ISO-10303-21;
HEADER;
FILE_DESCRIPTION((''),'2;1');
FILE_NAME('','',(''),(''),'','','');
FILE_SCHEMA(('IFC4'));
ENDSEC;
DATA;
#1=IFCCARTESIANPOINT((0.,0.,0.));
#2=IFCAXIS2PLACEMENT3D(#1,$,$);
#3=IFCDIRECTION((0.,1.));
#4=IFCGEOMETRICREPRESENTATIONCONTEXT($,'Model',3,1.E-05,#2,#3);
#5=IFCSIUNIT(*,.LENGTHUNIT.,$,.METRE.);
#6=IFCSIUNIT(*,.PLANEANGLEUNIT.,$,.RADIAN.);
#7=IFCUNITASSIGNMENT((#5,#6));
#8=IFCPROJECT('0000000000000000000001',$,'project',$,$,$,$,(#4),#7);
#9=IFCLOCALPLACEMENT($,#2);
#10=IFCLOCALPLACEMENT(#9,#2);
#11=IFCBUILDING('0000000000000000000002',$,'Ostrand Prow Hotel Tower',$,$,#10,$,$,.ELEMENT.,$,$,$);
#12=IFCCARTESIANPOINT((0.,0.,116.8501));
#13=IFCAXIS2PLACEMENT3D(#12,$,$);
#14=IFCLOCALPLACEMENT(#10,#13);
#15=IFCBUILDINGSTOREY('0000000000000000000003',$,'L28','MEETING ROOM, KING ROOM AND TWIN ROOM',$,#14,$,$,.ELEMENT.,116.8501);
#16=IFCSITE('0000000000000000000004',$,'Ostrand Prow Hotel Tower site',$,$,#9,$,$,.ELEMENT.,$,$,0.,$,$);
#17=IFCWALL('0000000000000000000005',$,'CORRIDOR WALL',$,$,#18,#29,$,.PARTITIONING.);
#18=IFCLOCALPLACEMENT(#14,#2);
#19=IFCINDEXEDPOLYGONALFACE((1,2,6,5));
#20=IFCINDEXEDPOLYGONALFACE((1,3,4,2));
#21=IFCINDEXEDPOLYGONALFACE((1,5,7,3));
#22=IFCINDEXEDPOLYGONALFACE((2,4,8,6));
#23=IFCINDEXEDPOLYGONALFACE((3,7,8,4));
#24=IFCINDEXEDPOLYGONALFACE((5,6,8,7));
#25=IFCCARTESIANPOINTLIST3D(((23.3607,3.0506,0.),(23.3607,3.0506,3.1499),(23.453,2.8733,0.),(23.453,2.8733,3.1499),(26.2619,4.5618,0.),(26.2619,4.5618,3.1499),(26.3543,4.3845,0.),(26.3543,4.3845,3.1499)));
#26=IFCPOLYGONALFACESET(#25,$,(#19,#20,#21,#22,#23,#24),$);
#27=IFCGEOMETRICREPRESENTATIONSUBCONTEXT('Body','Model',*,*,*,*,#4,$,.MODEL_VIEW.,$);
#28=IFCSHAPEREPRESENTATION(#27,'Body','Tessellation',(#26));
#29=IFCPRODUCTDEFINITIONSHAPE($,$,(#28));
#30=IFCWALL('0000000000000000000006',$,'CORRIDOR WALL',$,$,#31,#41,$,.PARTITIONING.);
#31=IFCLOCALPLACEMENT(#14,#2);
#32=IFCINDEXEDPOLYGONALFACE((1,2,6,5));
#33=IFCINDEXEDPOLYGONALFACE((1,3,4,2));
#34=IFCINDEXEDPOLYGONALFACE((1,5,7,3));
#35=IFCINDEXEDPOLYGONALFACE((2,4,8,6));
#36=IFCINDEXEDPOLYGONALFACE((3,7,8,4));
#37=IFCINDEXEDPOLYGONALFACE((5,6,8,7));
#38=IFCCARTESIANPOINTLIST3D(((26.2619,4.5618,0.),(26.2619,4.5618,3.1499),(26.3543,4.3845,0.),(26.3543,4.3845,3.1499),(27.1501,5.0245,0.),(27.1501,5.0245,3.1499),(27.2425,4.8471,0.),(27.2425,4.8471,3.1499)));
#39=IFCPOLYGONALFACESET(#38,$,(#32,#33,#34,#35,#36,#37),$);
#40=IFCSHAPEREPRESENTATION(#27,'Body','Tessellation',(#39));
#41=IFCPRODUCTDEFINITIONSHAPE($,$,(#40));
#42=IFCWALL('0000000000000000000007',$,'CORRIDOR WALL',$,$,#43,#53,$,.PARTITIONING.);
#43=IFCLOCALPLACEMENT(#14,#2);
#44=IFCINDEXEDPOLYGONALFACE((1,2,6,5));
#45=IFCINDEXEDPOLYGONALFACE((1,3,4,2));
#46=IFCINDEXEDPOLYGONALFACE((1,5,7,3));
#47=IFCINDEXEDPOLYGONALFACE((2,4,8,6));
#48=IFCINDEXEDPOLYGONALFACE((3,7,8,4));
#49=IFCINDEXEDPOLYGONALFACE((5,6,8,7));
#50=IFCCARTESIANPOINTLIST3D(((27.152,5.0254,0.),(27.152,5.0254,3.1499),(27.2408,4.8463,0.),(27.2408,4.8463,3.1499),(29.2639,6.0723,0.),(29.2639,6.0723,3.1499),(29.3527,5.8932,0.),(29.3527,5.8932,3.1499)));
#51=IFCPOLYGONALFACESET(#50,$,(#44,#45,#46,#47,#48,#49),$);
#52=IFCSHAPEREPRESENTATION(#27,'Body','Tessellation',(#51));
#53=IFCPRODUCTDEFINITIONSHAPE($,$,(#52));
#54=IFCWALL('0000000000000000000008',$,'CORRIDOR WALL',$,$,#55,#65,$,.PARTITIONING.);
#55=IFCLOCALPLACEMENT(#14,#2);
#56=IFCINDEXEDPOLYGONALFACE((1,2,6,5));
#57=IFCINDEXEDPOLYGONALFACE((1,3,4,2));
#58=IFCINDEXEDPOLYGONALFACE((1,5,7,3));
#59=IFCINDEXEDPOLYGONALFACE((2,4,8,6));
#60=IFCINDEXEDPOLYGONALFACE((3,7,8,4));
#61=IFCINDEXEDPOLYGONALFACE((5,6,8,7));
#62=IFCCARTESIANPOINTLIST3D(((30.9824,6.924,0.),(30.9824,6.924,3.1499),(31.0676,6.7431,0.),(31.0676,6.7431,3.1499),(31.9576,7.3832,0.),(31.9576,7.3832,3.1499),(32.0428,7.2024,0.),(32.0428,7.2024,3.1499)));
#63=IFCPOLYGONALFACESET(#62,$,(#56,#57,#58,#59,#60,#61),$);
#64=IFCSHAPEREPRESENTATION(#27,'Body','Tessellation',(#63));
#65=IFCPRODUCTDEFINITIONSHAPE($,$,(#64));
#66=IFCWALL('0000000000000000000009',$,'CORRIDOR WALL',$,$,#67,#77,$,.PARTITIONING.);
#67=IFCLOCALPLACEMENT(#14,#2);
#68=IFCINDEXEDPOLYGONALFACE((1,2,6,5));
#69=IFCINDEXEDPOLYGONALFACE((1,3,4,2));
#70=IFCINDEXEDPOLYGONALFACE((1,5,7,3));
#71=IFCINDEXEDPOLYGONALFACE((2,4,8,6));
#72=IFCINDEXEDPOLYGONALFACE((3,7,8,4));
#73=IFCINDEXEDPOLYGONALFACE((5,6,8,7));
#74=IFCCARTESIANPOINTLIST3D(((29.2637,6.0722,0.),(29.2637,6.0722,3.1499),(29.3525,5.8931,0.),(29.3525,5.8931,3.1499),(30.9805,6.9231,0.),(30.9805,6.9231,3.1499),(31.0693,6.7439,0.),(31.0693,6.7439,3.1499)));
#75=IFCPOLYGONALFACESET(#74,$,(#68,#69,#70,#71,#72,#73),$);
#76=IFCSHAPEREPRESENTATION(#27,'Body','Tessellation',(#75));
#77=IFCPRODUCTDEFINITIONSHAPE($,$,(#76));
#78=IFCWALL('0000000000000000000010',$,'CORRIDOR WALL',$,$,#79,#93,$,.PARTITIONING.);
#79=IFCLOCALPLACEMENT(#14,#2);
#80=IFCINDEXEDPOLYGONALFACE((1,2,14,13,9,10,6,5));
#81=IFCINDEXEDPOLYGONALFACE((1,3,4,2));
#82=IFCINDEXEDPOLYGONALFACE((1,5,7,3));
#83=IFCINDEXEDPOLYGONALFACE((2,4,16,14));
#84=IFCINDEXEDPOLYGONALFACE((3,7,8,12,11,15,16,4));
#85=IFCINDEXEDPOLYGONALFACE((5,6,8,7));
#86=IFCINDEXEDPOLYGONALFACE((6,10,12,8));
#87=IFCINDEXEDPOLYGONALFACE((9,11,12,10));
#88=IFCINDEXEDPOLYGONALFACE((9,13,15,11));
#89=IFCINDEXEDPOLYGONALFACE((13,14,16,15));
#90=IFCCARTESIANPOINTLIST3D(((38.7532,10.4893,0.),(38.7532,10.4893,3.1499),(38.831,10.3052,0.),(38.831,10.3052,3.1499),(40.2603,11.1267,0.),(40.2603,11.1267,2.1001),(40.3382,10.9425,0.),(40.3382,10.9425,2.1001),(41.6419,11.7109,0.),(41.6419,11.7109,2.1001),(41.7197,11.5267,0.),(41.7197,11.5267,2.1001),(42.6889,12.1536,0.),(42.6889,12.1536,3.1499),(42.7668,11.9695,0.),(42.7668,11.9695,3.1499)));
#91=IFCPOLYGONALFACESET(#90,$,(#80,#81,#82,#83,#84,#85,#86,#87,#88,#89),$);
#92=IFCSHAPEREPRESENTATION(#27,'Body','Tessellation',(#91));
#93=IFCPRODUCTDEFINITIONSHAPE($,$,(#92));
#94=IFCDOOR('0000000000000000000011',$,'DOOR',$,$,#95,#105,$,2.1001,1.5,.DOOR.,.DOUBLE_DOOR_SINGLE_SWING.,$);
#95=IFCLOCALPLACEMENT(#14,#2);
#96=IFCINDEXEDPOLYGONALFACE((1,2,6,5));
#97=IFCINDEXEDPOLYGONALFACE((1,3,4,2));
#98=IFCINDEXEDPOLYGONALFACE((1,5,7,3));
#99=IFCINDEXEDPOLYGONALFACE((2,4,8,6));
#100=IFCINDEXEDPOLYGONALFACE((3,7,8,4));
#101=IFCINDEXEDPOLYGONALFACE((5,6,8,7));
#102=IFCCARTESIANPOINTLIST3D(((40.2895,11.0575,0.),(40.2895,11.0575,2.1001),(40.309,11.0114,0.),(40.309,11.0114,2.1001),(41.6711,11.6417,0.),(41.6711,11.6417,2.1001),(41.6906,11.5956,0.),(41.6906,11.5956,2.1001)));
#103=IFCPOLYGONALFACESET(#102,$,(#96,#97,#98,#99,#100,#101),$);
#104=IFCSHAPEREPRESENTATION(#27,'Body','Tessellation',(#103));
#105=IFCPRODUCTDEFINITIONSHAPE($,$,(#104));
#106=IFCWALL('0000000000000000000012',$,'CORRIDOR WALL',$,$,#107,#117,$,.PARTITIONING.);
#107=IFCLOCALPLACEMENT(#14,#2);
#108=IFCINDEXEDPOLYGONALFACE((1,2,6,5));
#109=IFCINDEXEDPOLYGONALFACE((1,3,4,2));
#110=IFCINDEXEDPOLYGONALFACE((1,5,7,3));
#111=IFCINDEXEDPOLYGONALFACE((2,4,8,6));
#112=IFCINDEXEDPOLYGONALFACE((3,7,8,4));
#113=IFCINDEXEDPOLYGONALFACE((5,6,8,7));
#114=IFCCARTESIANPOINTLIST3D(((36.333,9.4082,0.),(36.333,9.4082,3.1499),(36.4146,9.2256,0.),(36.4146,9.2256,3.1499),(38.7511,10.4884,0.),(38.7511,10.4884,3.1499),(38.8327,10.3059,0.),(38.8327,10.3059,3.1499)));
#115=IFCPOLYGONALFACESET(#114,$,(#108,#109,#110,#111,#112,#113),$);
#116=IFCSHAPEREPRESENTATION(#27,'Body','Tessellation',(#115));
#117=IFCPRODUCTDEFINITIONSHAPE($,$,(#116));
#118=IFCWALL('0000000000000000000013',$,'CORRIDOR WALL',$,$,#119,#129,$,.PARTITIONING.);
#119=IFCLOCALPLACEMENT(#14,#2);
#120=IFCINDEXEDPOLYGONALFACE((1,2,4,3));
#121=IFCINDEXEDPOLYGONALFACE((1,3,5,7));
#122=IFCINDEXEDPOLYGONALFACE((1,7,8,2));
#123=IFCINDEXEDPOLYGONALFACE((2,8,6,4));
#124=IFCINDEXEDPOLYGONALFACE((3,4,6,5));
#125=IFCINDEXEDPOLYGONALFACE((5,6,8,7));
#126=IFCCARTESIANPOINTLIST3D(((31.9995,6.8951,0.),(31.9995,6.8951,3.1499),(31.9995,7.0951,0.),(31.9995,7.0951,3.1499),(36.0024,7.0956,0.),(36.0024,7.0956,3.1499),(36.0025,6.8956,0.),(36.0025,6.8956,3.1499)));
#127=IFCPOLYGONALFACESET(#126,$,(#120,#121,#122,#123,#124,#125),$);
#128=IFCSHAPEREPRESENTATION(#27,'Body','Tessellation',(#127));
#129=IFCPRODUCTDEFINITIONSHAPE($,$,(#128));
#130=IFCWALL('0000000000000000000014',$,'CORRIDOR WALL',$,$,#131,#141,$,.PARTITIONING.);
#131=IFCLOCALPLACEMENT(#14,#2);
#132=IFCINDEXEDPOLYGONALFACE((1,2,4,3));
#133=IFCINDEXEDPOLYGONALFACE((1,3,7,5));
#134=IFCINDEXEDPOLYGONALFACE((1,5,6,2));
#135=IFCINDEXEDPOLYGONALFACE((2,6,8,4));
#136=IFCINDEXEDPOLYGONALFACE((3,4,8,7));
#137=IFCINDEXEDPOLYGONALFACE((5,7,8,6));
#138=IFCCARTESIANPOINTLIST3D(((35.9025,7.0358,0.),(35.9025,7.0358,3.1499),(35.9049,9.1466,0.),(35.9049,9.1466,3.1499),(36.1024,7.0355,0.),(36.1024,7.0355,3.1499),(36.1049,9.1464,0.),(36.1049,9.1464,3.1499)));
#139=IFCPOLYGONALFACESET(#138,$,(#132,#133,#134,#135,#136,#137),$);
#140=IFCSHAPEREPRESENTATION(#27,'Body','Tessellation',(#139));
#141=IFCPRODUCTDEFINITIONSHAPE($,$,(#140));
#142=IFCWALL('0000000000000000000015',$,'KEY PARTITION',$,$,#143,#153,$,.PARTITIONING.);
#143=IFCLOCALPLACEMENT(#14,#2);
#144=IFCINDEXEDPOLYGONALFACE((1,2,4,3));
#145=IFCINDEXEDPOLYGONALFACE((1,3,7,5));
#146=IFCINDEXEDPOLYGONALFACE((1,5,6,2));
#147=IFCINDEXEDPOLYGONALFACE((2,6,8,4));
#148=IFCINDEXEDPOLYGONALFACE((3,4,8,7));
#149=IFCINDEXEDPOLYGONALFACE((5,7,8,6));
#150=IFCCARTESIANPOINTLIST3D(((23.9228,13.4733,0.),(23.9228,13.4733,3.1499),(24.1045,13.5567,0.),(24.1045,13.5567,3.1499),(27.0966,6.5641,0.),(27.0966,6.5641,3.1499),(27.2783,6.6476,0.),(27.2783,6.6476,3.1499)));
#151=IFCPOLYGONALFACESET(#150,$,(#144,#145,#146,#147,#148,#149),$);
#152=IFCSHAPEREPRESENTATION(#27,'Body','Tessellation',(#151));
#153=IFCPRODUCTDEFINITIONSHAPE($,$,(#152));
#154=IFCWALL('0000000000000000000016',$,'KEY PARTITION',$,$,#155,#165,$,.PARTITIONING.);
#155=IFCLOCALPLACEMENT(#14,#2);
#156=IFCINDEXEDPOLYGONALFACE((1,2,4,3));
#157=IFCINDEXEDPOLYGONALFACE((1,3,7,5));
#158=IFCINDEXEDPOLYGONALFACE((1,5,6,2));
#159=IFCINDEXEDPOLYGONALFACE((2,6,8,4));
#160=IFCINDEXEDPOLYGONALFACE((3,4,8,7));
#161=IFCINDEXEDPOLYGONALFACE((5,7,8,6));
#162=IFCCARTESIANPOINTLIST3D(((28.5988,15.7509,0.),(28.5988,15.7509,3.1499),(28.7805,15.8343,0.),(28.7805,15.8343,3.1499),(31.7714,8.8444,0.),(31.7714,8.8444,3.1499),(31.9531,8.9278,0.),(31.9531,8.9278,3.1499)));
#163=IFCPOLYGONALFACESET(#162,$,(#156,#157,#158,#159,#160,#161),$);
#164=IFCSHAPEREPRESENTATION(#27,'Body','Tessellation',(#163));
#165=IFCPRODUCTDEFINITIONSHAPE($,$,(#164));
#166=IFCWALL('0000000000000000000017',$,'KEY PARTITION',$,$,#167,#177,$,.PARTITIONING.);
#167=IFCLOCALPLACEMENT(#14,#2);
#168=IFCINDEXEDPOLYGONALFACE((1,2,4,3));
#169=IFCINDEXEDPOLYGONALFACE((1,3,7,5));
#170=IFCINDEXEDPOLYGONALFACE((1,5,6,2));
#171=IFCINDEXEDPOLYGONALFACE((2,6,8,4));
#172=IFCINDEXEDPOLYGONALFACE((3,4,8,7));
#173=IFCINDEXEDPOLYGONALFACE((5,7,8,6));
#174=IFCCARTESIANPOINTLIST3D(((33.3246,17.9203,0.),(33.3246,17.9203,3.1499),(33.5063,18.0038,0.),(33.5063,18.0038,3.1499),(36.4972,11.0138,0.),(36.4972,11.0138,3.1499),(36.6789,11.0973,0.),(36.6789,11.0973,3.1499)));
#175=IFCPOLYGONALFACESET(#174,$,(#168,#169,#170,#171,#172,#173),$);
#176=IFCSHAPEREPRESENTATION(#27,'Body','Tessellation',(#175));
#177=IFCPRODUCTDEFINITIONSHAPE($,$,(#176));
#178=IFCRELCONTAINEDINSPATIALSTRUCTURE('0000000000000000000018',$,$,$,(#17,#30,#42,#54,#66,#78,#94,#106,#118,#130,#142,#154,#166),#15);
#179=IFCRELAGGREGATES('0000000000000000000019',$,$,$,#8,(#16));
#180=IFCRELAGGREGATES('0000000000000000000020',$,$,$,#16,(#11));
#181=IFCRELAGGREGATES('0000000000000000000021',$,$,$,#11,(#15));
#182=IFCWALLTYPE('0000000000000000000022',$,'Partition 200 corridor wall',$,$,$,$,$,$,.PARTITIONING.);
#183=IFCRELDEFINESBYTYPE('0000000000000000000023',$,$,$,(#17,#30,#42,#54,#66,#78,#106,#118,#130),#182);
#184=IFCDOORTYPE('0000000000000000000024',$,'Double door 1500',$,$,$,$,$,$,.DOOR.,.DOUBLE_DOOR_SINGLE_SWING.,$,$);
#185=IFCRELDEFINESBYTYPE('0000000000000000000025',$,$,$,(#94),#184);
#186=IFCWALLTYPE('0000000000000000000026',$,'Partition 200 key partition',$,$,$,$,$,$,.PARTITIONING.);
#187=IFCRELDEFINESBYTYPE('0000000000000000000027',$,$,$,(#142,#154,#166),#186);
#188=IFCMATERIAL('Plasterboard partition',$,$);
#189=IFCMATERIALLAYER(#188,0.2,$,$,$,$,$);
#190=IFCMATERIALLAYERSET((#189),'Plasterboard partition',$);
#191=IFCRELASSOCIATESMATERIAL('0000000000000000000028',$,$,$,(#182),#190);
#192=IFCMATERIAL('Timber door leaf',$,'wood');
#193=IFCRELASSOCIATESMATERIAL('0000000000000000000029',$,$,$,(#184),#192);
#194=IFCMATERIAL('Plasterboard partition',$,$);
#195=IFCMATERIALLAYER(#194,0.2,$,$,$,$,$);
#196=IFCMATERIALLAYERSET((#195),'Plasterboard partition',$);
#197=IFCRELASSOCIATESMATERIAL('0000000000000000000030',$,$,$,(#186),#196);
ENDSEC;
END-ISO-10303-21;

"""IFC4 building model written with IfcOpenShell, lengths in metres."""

from ifc_helpers import new_model, si_unit, direction, frame, frame_2d, origin, place, context, subcontext, project, spatial, rectangle, extrude, material, layer, layer_set, type_object, element, fill, save


model = new_model("IFC4")

# Units and contexts
model_context = context("Model", 3, precision=1e-05, world=origin(), true_north=direction((0.0, 1.0)))
body_context = subcontext(model_context, "Body", "Model", "MODEL_VIEW")
ifc_project = project(units=[si_unit("LENGTHUNIT", "METRE"), si_unit("PLANEANGLEUNIT", "RADIAN")], contexts=[model_context])

# Site, building, storey
site_placement = place(None, origin())
site = spatial("IfcSite", under=ifc_project, at=site_placement, Name="Ostrand Prow Hotel Tower site", CompositionType="ELEMENT", RefElevation=0.0)
building_placement = place(site_placement, origin())
building = spatial("IfcBuilding", under=site, at=building_placement, Name="Ostrand Prow Hotel Tower", CompositionType="ELEMENT")
storey_placement = place(building_placement, frame((0.0, 0.0, 116.8501)))
storey = spatial("IfcBuildingStorey", under=building, at=storey_placement, Name="L28", Description="MEETING ROOM, KING ROOM AND TWIN ROOM", CompositionType="ELEMENT", Elevation=116.8501)

# Shared definitions
ifc_material_1 = material(Name="Plasterboard partition")
ifc_layer_1 = layer(ifc_material_1, 0.2)
ifc_layer_set_1 = layer_set([ifc_layer_1], Name="Plasterboard partition")
wall_type_1 = type_object("IfcWallType", Name="Partition 200 corridor wall", PredefinedType="PARTITIONING", material=ifc_layer_set_1)

# Walls
wall_1_placement = place(storey_placement, frame((23.4067, 2.9619, 0.0), z_axis=(0.0, 0.0, 1.0), x_axis=(0.886901, 0.461959, 0.0)))
element("IfcWall", 1, at=wall_1_placement, inside=storey, type_object=wall_type_1, Name="CORRIDOR WALL", PredefinedType="PARTITIONING", context=body_context, shape_type="SweptSolid", body=[
    extrude(rectangle(XDim=3.2712, YDim=0.2, at=frame_2d((1.6357, 0.0))), origin(), (0.0, 0.0, 1.0), 3.1499),
])
wall_2_placement = place(storey_placement, frame((26.3081, 4.4731, 0.0), z_axis=(0.0, 0.0, 1.0), x_axis=(0.886893, 0.461974, 0.0)))
element("IfcWall", 2, at=wall_2_placement, inside=storey, type_object=wall_type_1, Name="CORRIDOR WALL", PredefinedType="PARTITIONING", context=body_context, shape_type="SweptSolid", body=[
    extrude(rectangle(XDim=1.0015, YDim=0.2, at=frame_2d((0.5007, 0.0))), origin(), (0.0, 0.0, 1.0), 3.1499),
])
wall_3_placement = place(storey_placement, frame((27.1963, 4.9358, 0.0), z_axis=(0.0, 0.0, 1.0), x_axis=(0.895955, 0.444145, 0.0)))
element("IfcWall", 3, at=wall_3_placement, inside=storey, type_object=wall_type_1, Name="CORRIDOR WALL", PredefinedType="PARTITIONING", context=body_context, shape_type="SweptSolid", body=[
    extrude(rectangle(XDim=2.3572, YDim=0.2, at=frame_2d((1.1787, 0.0))), origin(), (0.0, 0.0, 1.0), 3.1499),
])
wall_4_placement = place(storey_placement, frame((31.0249, 6.8335, 0.0), z_axis=(0.0, 0.0, 1.0), x_axis=(0.90469, 0.42607, 0.0)))
element("IfcWall", 4, at=wall_4_placement, inside=storey, type_object=wall_type_1, Name="CORRIDOR WALL", PredefinedType="PARTITIONING", context=body_context, shape_type="SweptSolid", body=[
    extrude(rectangle(XDim=1.0779, YDim=0.2, at=frame_2d((0.5391, 0.0))), origin(), (0.0, 0.0, 1.0), 3.1499),
])
wall_5_placement = place(storey_placement, frame((29.3081, 5.9827, 0.0), z_axis=(0.0, 0.0, 1.0), x_axis=(0.896002, 0.444051, 0.0)))
element("IfcWall", 5, at=wall_5_placement, inside=storey, type_object=wall_type_1, Name="CORRIDOR WALL", PredefinedType="PARTITIONING", context=body_context, shape_type="SweptSolid", body=[
    extrude(rectangle(XDim=1.916, YDim=0.2, at=frame_2d((0.958, 0.0))), origin(), (0.0, 0.0, 1.0), 3.1499),
])

# Wall, opening, door
wall_6_placement = place(storey_placement, frame((38.792, 10.3972, 0.0), z_axis=(0.0, 0.0, 1.0), x_axis=(0.921037, 0.389474, 0.0)))
wall_6 = element("IfcWall", 6, at=wall_6_placement, inside=storey, type_object=wall_type_1, Name="CORRIDOR WALL", PredefinedType="PARTITIONING", context=body_context, shape_type="SweptSolid", body=[
    extrude(rectangle(XDim=4.2732, YDim=0.2, at=frame_2d((2.1367, 0.0))), origin(), (0.0, 0.0, 1.0), 3.1499),
])
opening_1_placement = place(wall_6_placement, frame((1.6365, 0.0, 0.0)))
opening_1 = element("IfcOpeningElement", 7, at=opening_1_placement, cuts=wall_6, PredefinedType="OPENING", context=body_context, shape_type="SweptSolid", body=[
    extrude(rectangle(XDim=1.5, YDim=2.1001, at=frame_2d((0.75, 1.05))), frame((0.0, 0.1099, 0.0), z_axis=(0.0, -1.0, 0.0), x_axis=(1.0, 0.0, 0.0)), (0.0, 0.0, 1.0), 0.22),
])
ifc_material_2 = material(Name="Timber door leaf", Category="wood")
door_type_1 = type_object("IfcDoorType", Name="Double door 1500", OperationType="DOUBLE_DOOR_SINGLE_SWING", PredefinedType="DOOR", material=ifc_material_2)
door_1_placement = place(opening_1_placement, origin())
door_1 = element("IfcDoor", 8, at=door_1_placement, inside=storey, type_object=door_type_1, Name="DOOR", OperationType="DOUBLE_DOOR_SINGLE_SWING", OverallHeight=2.1001, OverallWidth=1.5, PredefinedType="DOOR", context=body_context, shape_type="SweptSolid", body=[
    extrude(rectangle(XDim=1.5, YDim=2.1001, at=frame_2d((0.75, 1.05))), frame((0.0, 0.0249, 0.0), z_axis=(0.0, -1.0, 0.0), x_axis=(1.0, 0.0, 0.0)), (0.0, 0.0, 1.0), 0.05),
])
fill(opening_1, door_1)

# Walls
wall_7_placement = place(storey_placement, frame((36.3738, 9.3169, 0.0), z_axis=(0.0, 0.0, 1.0), x_axis=(0.913031, 0.407891, 0.0)))
element("IfcWall", 9, at=wall_7_placement, inside=storey, type_object=wall_type_1, Name="CORRIDOR WALL", PredefinedType="PARTITIONING", context=body_context, shape_type="SweptSolid", body=[
    extrude(rectangle(XDim=2.6484, YDim=0.2, at=frame_2d((1.3242, 0.0))), origin(), (0.0, 0.0, 1.0), 3.1499),
])
wall_8_placement = place(storey_placement, frame((31.9995, 6.9951, 0.0), z_axis=(0.0, 0.0, 1.0), x_axis=(1.0, 0.000122, 0.0)))
element("IfcWall", 10, at=wall_8_placement, inside=storey, type_object=wall_type_1, Name="CORRIDOR WALL", PredefinedType="PARTITIONING", context=body_context, shape_type="SweptSolid", body=[
    extrude(rectangle(XDim=4.0029, YDim=0.2, at=frame_2d((2.0015, 0.0))), origin(), (0.0, 0.0, 1.0), 3.1499),
])
wall_9_placement = place(storey_placement, frame((36.0024, 7.0356, 0.0), z_axis=(0.0, 0.0, 1.0), x_axis=(0.001157, 0.999999, 0.0)))
element("IfcWall", 11, at=wall_9_placement, inside=storey, type_object=wall_type_1, Name="CORRIDOR WALL", PredefinedType="PARTITIONING", context=body_context, shape_type="SweptSolid", body=[
    extrude(rectangle(XDim=2.1108, YDim=0.2, at=frame_2d((1.0554, 0.0))), origin(), (0.0, 0.0, 1.0), 3.1499),
])
ifc_material_3 = material(Name="Plasterboard partition")
ifc_layer_2 = layer(ifc_material_3, 0.2)
ifc_layer_set_2 = layer_set([ifc_layer_2], Name="Plasterboard partition")
wall_type_2 = type_object("IfcWallType", Name="Partition 200 key partition", PredefinedType="PARTITIONING", material=ifc_layer_set_2)
wall_10_placement = place(storey_placement, frame((27.1875, 6.6057, 0.0), z_axis=(0.0, 0.0, 1.0), x_axis=(-0.417429, 0.90871, 0.0)))
element("IfcWall", 12, at=wall_10_placement, inside=storey, type_object=wall_type_2, Name="KEY PARTITION", PredefinedType="PARTITIONING", context=body_context, shape_type="SweptSolid", body=[
    extrude(rectangle(XDim=7.6033, YDim=0.2, at=frame_2d((3.8018, 0.0))), origin(), (0.0, 0.0, 1.0), 3.1499),
])
for number, where, z_axis, x_axis, name in (
    (13, (31.8623, 8.886, 0.0), (0.0, 0.0, 1.0), (-0.41743, 0.908709, 0.0), "KEY PARTITION"),
    (14, (36.5881, 11.0554, 0.0), (0.0, 0.0, 1.0), (-0.41743, 0.908709, 0.0), "KEY PARTITION"),
):
    element("IfcWall", number, at=place(storey_placement, frame(where, z_axis=z_axis, x_axis=x_axis)), inside=storey, type_object=wall_type_2, Name=name, PredefinedType="PARTITIONING", context=body_context, shape_type="SweptSolid", body=[
        extrude(rectangle(XDim=7.6003, YDim=0.2, at=frame_2d((3.8003, 0.0))), origin(), (0.0, 0.0, 1.0), 3.1499),
    ])

save(model, "model.ifc")
